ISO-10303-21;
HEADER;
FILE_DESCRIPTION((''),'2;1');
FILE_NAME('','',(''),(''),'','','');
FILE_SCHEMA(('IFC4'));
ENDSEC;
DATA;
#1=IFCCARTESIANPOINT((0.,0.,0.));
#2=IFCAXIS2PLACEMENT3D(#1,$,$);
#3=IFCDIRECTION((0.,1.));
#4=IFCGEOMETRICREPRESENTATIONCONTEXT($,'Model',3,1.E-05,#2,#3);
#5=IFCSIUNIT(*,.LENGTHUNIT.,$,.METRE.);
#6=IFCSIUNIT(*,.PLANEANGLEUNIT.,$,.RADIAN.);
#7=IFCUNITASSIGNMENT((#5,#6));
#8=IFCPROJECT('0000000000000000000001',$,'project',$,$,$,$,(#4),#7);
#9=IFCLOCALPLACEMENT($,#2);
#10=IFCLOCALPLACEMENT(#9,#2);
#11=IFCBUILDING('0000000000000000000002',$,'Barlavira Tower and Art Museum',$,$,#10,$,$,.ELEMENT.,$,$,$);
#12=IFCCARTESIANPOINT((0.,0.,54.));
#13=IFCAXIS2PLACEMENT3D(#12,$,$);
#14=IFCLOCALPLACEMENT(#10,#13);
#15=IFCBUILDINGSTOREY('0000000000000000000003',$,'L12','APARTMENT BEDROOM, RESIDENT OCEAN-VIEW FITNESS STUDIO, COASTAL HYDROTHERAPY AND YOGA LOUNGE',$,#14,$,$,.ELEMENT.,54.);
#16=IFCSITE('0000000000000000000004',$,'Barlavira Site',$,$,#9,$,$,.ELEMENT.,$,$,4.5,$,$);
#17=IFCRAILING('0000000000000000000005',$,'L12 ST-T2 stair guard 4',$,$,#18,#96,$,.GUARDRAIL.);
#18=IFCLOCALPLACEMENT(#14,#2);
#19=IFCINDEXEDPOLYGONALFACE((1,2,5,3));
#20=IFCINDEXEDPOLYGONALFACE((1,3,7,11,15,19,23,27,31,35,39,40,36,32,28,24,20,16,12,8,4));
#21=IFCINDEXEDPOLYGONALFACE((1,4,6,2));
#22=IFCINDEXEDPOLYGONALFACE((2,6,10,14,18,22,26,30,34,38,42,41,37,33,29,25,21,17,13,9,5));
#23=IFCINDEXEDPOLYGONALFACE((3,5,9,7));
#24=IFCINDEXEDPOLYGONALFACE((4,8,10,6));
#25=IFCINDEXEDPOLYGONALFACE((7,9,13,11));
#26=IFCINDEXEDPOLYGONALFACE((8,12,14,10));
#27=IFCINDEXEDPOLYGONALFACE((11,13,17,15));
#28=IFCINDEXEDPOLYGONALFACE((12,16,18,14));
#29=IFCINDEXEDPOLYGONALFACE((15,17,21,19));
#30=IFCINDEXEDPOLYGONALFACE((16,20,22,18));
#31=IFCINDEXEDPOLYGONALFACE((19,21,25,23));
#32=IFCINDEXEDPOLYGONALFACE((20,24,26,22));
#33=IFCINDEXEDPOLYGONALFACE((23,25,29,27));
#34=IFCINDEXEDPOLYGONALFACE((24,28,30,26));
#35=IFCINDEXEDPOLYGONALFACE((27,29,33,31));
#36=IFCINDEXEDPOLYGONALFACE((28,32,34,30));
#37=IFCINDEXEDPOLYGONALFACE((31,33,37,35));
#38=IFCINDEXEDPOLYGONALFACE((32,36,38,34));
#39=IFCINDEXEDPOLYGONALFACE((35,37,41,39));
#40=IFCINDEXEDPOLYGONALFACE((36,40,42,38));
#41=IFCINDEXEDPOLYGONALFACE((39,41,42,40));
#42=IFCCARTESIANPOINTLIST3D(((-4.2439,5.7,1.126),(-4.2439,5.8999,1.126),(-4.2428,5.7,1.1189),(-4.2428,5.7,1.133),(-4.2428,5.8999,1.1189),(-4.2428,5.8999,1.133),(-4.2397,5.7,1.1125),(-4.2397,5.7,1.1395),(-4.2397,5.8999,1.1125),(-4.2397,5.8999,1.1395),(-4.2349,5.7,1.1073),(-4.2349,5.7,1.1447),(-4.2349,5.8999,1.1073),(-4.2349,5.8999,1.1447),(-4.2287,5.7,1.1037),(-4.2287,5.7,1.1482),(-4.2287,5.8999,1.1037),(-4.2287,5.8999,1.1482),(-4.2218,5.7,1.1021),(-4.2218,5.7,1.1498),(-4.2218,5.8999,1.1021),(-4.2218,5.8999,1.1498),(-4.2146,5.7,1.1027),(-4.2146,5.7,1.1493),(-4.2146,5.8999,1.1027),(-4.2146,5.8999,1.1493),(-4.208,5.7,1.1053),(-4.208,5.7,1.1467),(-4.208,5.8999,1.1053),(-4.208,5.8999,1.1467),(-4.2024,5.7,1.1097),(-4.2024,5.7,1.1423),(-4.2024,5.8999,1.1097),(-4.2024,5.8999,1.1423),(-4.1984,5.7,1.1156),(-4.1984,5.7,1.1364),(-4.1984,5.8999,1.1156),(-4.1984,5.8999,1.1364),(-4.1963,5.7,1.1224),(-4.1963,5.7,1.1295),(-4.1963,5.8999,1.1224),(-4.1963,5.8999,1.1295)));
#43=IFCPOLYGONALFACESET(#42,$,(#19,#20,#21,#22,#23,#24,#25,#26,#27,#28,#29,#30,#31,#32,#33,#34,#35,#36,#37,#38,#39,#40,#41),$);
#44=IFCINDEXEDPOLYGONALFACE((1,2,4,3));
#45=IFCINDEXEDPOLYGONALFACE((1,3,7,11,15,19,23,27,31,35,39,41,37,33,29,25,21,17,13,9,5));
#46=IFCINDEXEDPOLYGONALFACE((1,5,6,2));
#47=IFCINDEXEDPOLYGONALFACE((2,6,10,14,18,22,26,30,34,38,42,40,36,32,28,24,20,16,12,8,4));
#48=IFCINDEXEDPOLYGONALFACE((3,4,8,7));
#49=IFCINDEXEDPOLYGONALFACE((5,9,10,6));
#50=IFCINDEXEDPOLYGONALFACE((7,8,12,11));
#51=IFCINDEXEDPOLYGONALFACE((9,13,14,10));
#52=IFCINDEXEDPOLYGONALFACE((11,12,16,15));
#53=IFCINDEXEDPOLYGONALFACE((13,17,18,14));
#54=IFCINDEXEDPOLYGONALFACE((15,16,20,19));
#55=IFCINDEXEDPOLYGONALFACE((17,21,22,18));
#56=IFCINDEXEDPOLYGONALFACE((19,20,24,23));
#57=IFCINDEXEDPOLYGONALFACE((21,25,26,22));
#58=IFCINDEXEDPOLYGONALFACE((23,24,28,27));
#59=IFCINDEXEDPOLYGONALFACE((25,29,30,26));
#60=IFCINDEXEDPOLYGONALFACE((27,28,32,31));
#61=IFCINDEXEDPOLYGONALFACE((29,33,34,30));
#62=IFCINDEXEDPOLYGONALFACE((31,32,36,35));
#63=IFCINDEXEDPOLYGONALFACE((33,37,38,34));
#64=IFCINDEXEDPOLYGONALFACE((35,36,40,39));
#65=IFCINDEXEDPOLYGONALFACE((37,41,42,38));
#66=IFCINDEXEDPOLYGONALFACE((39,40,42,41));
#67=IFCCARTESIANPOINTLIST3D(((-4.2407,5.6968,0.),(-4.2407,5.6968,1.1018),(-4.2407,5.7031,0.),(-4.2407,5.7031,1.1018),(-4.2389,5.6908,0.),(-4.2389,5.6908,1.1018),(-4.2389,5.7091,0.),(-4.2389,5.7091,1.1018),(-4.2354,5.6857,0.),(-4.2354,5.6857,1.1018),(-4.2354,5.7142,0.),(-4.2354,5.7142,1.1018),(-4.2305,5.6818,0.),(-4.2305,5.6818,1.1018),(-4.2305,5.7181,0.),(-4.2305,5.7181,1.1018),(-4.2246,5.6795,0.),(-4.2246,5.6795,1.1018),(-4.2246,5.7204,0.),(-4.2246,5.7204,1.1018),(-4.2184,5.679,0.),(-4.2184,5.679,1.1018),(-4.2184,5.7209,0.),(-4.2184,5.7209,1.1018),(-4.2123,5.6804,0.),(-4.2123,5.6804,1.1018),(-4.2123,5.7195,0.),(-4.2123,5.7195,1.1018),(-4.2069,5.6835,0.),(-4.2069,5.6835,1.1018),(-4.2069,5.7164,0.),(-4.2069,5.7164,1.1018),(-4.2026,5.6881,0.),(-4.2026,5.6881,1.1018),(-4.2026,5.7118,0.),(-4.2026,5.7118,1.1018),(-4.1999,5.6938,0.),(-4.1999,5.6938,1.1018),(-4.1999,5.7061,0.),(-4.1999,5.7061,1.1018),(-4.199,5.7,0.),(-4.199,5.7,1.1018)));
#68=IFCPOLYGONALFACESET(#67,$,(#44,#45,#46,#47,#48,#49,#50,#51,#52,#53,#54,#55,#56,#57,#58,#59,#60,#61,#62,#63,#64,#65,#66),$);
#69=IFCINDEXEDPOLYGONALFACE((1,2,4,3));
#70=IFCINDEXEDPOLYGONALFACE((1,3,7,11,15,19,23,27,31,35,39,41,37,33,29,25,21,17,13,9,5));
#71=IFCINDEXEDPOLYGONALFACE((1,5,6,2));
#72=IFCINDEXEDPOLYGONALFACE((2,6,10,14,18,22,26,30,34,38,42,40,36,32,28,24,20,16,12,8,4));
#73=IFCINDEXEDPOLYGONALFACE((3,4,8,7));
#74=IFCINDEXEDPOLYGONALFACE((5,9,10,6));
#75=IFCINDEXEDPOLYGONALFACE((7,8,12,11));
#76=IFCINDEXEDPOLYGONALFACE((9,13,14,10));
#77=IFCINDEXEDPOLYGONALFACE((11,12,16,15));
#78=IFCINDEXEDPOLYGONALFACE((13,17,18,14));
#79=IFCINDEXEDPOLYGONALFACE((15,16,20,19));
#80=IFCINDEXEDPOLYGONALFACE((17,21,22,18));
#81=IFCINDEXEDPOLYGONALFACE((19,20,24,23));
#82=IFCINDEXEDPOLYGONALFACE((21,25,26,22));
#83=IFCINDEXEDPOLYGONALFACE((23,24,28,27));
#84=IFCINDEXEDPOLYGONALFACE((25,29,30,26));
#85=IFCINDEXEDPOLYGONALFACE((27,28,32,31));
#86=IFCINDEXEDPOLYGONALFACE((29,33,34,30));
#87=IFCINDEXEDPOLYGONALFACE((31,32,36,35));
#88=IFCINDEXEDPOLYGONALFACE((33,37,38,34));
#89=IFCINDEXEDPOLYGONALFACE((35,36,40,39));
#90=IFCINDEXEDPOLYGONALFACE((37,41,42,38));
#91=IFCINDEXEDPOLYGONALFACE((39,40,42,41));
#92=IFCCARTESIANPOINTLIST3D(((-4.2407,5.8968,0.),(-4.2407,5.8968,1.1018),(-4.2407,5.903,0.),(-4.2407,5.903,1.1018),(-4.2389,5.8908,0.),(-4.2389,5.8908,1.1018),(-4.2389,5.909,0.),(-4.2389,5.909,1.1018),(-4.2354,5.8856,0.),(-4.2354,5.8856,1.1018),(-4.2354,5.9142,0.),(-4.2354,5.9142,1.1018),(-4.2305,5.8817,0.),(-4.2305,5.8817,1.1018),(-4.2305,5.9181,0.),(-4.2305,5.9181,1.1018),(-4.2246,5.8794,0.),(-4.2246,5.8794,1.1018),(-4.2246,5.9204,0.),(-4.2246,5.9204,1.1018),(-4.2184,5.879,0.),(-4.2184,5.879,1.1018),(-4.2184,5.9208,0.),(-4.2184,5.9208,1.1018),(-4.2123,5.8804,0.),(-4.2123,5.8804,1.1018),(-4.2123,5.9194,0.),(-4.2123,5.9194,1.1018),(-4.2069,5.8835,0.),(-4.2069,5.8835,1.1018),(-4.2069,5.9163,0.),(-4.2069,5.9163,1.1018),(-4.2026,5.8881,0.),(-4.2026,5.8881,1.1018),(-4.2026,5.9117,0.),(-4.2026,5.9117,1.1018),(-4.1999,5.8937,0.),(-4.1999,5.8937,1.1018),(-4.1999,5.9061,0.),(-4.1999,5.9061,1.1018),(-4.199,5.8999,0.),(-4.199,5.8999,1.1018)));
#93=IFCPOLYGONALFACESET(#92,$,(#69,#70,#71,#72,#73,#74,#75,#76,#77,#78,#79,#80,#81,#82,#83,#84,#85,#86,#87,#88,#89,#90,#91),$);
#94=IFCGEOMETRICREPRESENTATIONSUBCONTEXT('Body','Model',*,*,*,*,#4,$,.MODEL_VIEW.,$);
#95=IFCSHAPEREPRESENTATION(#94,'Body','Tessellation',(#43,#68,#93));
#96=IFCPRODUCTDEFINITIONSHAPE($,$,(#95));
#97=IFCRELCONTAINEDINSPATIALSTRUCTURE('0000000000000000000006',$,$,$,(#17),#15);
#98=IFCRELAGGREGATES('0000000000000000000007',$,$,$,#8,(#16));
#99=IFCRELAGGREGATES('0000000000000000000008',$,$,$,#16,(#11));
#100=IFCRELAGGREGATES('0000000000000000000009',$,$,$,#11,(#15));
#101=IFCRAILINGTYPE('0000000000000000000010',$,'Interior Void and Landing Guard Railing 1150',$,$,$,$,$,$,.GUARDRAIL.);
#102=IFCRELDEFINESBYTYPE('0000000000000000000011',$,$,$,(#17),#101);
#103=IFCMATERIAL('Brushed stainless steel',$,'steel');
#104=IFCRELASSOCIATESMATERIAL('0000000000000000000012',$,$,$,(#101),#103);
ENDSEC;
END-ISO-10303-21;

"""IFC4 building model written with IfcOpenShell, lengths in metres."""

from ifc_helpers import new_model, si_unit, direction, frame, origin, origin_2d, place, context, subcontext, project, spatial, circle, extrude, material, type_object, element, save


model = new_model("IFC4")

# Units and contexts
model_context = context("Model", 3, precision=1e-05, world=origin(), true_north=direction((0.0, 1.0)))
body_context = subcontext(model_context, "Body", "Model", "MODEL_VIEW")
ifc_project = project(units=[si_unit("LENGTHUNIT", "METRE"), si_unit("PLANEANGLEUNIT", "RADIAN")], contexts=[model_context])

# Site, building, storey
site_placement = place(None, origin())
site = spatial("IfcSite", under=ifc_project, at=site_placement, Name="Barlavira Site", CompositionType="ELEMENT", RefElevation=4.5)
building_placement = place(site_placement, origin())
building = spatial("IfcBuilding", under=site, at=building_placement, Name="Barlavira Tower and Art Museum", CompositionType="ELEMENT")
storey_placement = place(building_placement, frame((0.0, 0.0, 54.0)))
storey = spatial("IfcBuildingStorey", under=building, at=storey_placement, Name="L12", Description="APARTMENT BEDROOM, RESIDENT OCEAN-VIEW FITNESS STUDIO, COASTAL HYDROTHERAPY AND YOGA LOUNGE", CompositionType="ELEMENT", Elevation=54.0)

# Shared definitions
ifc_material_1 = material(Name="Brushed stainless steel", Category="steel")

# Railing
railing_type_1 = type_object("IfcRailingType", Name="Interior Void and Landing Guard Railing 1150", PredefinedType="GUARDRAIL", material=ifc_material_1)
railing_1_placement = place(storey_placement, frame((-4.22, 5.7, 0.0)))
element("IfcRailing", 1, at=railing_1_placement, inside=storey, type_object=railing_type_1, Name="L12 ST-T2 stair guard 4", PredefinedType="GUARDRAIL", context=body_context, shape_type="SweptSolid", body=[
    extrude(circle(Radius=0.0239, at=origin_2d()), frame((0.0, 0.0, 1.126), z_axis=(0.0, 1.0, 0.0), x_axis=(-1.0, 0.0, 0.0)), (0.0, 0.0, 1.0), 0.2),
    extrude(circle(Radius=0.021, at=origin_2d()), origin(), (0.0, 0.0, 1.0), 1.1018),
    extrude(circle(Radius=0.021, at=origin_2d()), frame((0.0, 0.2, 0.0)), (0.0, 0.0, 1.0), 1.1018),
])

save(model, "model.ifc")
